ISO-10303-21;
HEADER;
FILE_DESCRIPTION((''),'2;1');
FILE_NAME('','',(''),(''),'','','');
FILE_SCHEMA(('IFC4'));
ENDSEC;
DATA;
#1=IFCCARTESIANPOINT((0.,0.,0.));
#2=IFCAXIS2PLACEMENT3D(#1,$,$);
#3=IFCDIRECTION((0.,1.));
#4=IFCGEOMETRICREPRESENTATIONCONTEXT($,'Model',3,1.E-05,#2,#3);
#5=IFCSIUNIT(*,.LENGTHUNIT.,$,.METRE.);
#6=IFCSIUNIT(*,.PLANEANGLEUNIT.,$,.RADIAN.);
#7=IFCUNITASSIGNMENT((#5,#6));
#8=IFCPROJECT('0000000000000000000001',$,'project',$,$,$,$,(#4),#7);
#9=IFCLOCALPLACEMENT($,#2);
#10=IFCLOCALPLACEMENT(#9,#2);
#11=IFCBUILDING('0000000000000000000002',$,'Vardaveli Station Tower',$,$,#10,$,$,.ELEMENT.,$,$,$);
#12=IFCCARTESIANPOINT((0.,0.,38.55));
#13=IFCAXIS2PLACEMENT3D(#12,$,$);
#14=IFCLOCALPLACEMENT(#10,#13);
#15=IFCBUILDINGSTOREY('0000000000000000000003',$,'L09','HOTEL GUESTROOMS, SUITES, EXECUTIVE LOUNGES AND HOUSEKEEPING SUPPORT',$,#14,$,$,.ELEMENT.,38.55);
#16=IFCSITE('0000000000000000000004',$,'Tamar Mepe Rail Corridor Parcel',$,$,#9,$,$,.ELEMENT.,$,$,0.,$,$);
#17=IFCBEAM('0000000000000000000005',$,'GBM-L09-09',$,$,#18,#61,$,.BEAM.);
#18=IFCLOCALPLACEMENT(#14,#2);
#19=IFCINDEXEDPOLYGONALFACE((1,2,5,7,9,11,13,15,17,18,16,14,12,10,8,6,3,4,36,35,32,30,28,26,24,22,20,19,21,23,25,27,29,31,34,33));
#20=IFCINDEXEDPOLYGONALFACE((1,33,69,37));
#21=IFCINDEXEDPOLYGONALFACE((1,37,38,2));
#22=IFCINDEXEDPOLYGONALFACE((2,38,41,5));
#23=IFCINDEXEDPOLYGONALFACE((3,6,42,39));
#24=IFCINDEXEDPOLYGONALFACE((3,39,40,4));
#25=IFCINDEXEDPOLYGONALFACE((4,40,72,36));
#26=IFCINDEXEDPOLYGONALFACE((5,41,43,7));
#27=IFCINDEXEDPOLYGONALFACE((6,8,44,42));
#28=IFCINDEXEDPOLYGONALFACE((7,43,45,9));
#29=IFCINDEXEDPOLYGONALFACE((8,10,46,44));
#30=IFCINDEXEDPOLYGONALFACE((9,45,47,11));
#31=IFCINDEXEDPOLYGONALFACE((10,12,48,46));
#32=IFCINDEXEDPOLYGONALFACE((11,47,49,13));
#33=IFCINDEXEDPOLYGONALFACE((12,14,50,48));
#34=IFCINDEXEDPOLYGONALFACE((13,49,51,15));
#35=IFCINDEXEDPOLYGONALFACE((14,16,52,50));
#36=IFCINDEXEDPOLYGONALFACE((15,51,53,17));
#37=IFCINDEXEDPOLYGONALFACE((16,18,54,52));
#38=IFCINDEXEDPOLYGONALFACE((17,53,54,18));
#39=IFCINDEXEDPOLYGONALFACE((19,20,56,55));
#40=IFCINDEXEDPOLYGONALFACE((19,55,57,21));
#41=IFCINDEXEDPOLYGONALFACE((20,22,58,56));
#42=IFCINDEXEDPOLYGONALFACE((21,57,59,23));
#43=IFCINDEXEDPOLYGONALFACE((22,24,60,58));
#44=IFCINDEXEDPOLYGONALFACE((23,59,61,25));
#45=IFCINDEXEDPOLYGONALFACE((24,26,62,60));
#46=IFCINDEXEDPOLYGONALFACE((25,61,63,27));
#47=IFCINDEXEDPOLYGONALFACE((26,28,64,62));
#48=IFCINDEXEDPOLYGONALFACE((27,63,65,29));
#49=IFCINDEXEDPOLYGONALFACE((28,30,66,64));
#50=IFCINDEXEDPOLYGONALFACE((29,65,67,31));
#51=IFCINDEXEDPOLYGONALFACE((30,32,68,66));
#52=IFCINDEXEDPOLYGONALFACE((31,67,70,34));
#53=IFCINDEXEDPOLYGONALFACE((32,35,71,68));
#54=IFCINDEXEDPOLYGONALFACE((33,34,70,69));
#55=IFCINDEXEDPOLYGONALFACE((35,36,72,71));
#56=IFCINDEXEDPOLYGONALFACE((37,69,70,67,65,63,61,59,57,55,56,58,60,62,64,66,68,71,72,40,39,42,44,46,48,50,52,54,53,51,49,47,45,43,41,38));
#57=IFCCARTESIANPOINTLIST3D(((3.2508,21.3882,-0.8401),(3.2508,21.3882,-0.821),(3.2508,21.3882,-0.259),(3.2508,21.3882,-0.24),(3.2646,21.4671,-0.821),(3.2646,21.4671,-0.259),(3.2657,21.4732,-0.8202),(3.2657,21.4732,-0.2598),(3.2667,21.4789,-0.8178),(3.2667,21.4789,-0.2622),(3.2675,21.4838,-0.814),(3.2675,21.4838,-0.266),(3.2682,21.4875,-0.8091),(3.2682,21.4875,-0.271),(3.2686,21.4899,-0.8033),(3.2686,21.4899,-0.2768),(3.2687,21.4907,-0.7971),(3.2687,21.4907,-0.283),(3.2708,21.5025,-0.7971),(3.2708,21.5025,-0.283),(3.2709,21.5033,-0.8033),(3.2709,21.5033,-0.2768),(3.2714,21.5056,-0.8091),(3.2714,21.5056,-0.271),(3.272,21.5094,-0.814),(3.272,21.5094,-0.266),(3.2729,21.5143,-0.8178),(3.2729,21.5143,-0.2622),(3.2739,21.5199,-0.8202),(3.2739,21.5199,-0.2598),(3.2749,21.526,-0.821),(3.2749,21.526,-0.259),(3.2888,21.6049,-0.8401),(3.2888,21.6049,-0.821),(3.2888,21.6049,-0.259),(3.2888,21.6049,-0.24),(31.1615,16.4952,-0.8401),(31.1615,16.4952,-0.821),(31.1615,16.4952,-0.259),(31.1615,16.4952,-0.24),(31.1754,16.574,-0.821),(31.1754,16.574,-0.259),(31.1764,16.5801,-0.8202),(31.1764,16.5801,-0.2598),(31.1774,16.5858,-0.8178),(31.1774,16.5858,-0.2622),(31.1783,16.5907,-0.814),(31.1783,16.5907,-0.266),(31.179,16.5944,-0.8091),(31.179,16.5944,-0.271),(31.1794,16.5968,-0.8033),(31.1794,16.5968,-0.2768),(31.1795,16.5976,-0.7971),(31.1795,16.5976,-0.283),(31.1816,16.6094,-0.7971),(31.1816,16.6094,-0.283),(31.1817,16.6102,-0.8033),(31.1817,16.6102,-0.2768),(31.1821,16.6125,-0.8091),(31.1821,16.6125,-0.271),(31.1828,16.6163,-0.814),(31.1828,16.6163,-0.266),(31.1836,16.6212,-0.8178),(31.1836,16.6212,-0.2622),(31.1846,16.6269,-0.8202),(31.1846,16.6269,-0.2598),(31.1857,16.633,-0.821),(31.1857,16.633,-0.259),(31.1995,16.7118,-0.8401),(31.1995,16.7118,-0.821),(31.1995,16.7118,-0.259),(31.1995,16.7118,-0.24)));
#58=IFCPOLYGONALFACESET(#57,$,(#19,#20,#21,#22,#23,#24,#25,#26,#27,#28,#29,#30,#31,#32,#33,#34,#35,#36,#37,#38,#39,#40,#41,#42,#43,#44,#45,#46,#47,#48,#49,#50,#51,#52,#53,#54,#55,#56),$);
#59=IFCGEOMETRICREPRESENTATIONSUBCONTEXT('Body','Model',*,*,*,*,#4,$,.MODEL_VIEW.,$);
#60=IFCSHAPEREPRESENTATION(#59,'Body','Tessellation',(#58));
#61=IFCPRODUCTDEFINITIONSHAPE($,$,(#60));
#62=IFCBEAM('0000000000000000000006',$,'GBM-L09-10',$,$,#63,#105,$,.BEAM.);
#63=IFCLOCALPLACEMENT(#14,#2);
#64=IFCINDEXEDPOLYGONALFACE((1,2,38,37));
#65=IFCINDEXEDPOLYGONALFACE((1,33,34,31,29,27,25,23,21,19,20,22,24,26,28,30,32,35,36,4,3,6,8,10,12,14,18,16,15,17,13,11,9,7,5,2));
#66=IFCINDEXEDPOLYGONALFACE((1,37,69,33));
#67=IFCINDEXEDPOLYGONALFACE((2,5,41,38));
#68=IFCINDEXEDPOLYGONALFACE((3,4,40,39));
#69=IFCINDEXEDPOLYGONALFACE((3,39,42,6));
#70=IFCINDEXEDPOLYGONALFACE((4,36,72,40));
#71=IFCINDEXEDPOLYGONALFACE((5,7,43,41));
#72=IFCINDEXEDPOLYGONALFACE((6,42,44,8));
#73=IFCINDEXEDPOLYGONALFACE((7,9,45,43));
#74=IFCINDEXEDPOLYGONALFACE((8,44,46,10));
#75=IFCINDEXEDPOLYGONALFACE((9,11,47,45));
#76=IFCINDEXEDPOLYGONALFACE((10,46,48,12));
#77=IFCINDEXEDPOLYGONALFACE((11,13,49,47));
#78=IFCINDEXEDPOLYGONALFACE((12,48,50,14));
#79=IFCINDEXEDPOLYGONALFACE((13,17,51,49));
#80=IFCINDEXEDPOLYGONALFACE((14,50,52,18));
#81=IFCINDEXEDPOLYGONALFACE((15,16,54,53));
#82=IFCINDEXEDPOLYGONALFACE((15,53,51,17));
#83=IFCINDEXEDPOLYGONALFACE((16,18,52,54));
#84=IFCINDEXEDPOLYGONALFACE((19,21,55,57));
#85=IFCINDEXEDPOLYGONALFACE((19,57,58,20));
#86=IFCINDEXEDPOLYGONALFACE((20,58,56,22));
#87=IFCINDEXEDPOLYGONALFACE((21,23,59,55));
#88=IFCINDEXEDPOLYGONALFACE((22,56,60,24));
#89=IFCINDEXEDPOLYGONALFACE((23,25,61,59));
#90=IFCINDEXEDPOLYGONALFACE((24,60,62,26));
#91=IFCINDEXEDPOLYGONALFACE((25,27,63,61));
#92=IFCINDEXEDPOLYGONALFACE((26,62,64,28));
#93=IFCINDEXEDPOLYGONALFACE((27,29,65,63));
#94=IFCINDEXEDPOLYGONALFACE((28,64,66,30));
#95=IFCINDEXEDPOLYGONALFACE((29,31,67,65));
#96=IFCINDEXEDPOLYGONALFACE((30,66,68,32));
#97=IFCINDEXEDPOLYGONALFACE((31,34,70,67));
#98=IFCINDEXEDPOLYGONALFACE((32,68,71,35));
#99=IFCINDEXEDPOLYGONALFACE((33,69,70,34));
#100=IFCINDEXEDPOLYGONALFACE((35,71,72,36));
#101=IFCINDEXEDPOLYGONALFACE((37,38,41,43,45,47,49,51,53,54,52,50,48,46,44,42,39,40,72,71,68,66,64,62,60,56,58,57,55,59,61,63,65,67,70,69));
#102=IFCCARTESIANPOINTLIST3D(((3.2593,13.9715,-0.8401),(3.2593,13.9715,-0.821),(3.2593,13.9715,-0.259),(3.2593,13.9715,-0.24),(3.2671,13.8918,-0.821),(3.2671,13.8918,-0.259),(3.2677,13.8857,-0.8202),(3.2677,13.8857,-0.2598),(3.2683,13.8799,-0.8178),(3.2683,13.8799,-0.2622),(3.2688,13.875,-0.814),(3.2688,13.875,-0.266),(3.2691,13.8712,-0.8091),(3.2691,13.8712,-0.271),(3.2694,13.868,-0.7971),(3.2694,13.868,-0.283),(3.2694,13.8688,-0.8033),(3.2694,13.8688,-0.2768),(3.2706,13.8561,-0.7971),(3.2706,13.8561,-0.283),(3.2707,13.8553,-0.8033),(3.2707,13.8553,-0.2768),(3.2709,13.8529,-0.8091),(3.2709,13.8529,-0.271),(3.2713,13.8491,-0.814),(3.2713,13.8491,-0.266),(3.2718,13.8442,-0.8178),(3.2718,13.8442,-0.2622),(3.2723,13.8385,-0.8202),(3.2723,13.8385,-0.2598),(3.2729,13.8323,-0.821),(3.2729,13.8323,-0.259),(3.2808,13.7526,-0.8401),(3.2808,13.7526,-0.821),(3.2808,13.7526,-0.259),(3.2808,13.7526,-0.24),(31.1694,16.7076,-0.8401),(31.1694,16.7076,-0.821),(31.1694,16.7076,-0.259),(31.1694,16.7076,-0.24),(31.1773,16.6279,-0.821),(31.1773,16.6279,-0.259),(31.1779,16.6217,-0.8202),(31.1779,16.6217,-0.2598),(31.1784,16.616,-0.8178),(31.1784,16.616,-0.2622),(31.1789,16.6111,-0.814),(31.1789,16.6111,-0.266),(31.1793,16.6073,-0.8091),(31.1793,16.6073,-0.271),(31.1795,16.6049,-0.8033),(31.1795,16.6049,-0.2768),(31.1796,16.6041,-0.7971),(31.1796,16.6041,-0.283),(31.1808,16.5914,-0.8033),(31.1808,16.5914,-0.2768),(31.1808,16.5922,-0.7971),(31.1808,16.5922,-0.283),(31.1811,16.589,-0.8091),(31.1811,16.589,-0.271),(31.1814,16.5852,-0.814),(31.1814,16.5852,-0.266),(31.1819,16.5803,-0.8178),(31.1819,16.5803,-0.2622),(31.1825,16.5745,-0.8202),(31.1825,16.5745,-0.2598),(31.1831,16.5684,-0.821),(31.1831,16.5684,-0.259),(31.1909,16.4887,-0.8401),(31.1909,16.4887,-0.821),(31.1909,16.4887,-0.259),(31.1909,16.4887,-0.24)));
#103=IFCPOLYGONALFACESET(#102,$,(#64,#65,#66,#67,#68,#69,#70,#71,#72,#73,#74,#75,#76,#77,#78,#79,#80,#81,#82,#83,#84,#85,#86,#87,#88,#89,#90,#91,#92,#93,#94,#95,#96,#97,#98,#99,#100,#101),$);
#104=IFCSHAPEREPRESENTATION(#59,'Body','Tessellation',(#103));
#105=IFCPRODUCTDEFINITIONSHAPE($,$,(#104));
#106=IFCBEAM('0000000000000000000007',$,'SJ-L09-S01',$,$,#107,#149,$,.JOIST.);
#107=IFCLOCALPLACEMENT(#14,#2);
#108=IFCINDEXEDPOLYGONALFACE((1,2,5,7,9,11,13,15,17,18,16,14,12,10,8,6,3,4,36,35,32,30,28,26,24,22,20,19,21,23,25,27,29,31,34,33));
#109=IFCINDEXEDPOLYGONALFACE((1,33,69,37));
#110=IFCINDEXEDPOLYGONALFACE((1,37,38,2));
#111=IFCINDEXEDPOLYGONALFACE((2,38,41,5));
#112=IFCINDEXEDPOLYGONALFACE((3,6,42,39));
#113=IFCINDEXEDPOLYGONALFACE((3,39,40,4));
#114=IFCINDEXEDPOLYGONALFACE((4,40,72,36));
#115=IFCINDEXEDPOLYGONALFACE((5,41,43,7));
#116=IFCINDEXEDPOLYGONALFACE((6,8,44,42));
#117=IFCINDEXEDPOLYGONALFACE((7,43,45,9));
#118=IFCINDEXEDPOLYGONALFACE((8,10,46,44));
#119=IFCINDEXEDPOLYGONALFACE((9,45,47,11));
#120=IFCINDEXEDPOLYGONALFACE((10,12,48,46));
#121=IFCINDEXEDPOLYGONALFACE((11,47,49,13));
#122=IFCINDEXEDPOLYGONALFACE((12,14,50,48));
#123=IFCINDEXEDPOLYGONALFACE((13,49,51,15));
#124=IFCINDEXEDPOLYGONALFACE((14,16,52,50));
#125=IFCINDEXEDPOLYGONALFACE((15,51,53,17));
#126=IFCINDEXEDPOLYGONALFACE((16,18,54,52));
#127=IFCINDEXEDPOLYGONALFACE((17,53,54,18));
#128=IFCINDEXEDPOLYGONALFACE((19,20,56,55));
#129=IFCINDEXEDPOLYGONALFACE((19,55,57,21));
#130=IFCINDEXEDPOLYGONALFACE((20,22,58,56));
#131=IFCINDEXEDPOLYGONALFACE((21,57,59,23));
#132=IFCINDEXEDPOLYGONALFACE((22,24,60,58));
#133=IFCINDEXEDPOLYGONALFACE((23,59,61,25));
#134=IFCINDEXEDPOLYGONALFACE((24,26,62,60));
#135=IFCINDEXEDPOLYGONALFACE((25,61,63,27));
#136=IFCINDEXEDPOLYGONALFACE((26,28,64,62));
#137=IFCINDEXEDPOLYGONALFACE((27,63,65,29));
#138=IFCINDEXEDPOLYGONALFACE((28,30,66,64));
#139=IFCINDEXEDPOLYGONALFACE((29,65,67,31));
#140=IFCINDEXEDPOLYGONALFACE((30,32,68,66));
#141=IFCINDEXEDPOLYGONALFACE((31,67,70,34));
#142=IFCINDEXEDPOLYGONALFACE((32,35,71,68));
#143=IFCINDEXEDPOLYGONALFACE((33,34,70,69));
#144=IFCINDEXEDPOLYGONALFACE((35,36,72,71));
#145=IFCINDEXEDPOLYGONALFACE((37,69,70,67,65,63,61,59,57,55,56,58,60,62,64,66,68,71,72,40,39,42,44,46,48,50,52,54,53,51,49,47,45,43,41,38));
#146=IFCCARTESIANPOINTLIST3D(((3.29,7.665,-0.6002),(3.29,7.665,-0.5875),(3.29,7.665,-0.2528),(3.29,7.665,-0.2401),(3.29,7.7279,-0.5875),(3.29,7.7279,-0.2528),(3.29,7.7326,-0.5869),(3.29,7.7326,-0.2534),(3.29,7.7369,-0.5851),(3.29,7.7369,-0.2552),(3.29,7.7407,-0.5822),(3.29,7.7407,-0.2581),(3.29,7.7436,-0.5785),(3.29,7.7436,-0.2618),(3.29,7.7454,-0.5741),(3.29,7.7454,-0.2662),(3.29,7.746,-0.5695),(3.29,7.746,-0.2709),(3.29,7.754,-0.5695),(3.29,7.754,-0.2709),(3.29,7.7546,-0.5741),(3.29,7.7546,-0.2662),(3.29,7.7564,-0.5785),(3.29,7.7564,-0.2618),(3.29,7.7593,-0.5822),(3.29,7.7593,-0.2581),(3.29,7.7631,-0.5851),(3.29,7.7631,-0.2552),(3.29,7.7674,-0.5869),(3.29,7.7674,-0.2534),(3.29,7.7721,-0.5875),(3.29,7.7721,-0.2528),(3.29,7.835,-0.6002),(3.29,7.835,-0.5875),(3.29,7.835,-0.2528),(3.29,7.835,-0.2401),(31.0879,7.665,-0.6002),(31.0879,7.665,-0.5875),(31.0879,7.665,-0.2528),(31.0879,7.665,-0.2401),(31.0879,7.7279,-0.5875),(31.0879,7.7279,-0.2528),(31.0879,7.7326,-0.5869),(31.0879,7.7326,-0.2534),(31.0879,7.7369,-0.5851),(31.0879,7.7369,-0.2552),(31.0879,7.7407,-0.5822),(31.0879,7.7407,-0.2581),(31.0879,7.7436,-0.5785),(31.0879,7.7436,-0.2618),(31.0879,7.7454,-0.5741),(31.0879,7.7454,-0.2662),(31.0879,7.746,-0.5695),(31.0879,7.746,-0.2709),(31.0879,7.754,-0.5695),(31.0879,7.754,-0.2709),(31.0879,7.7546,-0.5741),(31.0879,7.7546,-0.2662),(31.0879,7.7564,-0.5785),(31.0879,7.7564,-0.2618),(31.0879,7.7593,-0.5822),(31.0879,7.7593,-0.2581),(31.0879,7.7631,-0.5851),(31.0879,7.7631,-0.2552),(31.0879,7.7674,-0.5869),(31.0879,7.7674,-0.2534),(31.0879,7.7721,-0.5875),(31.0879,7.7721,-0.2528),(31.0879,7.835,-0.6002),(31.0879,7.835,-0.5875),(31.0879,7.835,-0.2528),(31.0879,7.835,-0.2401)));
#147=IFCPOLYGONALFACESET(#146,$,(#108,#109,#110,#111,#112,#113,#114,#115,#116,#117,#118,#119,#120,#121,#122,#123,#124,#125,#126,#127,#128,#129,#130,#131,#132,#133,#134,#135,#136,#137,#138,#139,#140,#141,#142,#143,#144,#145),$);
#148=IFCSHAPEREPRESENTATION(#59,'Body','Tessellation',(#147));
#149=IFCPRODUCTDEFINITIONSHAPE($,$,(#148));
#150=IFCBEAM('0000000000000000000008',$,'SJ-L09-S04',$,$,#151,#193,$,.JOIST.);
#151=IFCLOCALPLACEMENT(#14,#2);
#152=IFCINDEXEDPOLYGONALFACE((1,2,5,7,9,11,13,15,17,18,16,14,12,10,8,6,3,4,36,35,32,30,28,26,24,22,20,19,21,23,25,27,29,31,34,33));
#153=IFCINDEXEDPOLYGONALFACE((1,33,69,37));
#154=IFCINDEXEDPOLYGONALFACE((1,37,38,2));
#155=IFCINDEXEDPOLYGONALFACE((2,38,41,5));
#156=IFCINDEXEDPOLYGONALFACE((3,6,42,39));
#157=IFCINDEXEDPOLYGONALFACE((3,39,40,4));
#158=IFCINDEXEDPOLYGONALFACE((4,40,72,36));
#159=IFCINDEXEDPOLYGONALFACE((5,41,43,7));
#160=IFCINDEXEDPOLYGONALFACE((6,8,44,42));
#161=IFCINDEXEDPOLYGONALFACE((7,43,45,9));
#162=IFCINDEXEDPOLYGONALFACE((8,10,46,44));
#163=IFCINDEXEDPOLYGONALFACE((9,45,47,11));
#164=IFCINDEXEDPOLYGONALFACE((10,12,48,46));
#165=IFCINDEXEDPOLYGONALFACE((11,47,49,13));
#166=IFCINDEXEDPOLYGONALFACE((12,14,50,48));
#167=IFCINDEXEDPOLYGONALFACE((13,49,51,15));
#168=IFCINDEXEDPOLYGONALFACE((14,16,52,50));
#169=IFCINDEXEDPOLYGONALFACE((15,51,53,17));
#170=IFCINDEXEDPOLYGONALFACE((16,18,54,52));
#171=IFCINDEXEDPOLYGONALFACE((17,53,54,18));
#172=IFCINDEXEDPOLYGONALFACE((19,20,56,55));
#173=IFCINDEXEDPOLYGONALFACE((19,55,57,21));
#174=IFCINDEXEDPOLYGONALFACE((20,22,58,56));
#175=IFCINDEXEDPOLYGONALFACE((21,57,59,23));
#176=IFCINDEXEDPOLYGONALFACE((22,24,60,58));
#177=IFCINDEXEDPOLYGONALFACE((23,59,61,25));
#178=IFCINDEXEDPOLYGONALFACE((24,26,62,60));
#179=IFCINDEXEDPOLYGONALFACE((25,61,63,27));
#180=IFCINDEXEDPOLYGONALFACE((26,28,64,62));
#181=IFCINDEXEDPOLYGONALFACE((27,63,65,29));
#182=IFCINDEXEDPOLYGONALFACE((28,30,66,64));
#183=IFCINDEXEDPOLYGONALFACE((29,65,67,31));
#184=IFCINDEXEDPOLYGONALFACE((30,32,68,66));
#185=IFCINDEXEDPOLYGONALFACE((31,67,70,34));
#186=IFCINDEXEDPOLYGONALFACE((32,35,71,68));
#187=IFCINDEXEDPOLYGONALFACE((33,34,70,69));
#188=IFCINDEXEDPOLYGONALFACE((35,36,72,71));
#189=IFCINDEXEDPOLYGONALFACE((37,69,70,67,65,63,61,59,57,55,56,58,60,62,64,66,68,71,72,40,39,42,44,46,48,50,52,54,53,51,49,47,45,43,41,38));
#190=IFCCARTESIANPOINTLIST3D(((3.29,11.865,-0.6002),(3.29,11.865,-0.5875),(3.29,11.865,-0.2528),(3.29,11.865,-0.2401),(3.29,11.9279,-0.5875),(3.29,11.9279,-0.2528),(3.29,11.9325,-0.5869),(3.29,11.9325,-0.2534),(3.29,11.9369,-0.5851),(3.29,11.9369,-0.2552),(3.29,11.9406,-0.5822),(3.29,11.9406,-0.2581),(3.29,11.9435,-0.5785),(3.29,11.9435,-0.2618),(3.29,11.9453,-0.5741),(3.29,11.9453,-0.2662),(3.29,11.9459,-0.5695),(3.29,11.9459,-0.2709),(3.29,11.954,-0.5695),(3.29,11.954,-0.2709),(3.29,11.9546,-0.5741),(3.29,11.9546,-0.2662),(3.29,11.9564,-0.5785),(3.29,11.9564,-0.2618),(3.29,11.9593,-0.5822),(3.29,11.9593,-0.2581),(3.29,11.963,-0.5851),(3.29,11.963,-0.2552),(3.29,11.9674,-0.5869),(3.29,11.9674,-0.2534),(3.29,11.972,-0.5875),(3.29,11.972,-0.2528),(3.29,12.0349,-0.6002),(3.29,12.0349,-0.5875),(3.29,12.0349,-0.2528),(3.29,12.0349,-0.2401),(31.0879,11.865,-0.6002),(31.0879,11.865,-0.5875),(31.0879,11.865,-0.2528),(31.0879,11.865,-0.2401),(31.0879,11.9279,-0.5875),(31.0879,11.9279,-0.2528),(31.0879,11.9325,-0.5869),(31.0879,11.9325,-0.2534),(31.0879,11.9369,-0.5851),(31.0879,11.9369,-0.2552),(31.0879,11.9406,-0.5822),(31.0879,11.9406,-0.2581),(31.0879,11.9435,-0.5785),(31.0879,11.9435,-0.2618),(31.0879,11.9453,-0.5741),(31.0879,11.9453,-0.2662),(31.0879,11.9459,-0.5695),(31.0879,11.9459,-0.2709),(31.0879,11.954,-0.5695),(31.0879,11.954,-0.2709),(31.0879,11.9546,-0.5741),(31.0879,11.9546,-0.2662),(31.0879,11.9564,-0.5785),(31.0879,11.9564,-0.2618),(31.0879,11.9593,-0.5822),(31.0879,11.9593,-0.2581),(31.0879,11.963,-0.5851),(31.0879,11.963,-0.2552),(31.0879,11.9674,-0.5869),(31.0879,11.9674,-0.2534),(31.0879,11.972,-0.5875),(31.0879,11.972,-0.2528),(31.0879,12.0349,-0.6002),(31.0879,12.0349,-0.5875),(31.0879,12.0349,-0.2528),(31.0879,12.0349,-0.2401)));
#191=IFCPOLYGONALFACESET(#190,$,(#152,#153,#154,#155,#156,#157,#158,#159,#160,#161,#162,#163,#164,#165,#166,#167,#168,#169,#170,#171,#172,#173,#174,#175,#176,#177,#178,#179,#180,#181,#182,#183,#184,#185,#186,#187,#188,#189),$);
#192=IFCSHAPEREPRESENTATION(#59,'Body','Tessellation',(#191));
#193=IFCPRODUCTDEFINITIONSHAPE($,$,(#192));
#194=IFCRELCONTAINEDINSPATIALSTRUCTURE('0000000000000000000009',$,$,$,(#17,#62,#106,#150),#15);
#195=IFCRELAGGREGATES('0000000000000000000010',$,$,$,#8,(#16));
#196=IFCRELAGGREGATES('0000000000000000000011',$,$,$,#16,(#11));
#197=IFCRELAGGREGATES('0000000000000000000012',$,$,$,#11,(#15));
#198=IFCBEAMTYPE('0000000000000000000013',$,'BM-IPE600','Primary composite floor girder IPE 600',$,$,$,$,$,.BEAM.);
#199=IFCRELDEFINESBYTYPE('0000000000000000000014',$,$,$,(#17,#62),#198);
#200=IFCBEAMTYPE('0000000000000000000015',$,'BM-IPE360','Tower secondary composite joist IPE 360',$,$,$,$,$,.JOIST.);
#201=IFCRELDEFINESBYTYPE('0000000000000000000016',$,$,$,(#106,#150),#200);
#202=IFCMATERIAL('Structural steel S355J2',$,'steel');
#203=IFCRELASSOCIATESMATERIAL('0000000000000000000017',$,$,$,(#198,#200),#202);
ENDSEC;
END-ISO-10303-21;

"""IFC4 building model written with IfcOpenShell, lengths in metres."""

from ifc_helpers import new_model, si_unit, direction, frame, origin, origin_2d, place, context, subcontext, project, spatial, i_section, extrude, source, transform, mapped, material, material_profile, profile_set, type_object, element, save


model = new_model("IFC4")

# Units and contexts
model_context = context("Model", 3, precision=1e-05, world=origin(), true_north=direction((0.0, 1.0)))
body_context = subcontext(model_context, "Body", "Model", "MODEL_VIEW")
ifc_project = project(units=[si_unit("LENGTHUNIT", "METRE"), si_unit("PLANEANGLEUNIT", "RADIAN")], contexts=[model_context])

# Site, building, storey
site_placement = place(None, origin())
site = spatial("IfcSite", under=ifc_project, at=site_placement, Name="Tamar Mepe Rail Corridor Parcel", CompositionType="ELEMENT", RefElevation=0.0)
building_placement = place(site_placement, origin())
building = spatial("IfcBuilding", under=site, at=building_placement, Name="Vardaveli Station Tower", CompositionType="ELEMENT")
storey_placement = place(building_placement, frame((0.0, 0.0, 38.55)))
storey = spatial("IfcBuildingStorey", under=building, at=storey_placement, Name="L09", Description="HOTEL GUESTROOMS, SUITES, EXECUTIVE LOUNGES AND HOUSEKEEPING SUPPORT", CompositionType="ELEMENT", Elevation=38.55)

# Beams
ifc_material_1 = material(Name="Structural steel S355J2", Category="steel")
ifc_material_profile_1 = material_profile(ifc_material_1, i_section(OverallWidth=0.22, OverallDepth=0.6001, WebThickness=0.012, FlangeThickness=0.019, FilletRadius=0.0239, at=origin_2d()), Name="IPE 600")
ifc_profile_set_1 = profile_set([ifc_material_profile_1], Name="Structural steel S355J2")
beam_type_1 = type_object("IfcBeamType", Name="BM-IPE600", Description="Primary composite floor girder IPE 600", PredefinedType="BEAM", material=ifc_profile_set_1)
shared_shape_1 = source(origin(), body_context, "Body", "SweptSolid", [
    extrude(i_section(OverallWidth=0.22, OverallDepth=0.6001, WebThickness=0.012, FlangeThickness=0.019, FilletRadius=0.0239, at=origin_2d()), origin(), (0.0, 0.0, 1.0), 28.3364),
])
beam_1_placement = place(storey_placement, frame((3.2698, 21.4966, -0.54), z_axis=(0.984978, -0.172678, 0.0), x_axis=(0.172678, 0.984978, 0.0)))
element("IfcBeam", 1, at=beam_1_placement, inside=storey, type_object=beam_type_1, Name="GBM-L09-09", PredefinedType="BEAM", context=body_context, shape_type="MappedRepresentation", body=[
    mapped(shared_shape_1, transform((0.0, 0.0, 0.0), scale=1.0)),
])
shared_shape_2 = source(origin(), body_context, "Body", "SweptSolid", [
    extrude(i_section(OverallWidth=0.22, OverallDepth=0.6001, WebThickness=0.012, FlangeThickness=0.019, FilletRadius=0.0239, at=origin_2d()), origin(), (0.0, 0.0, 1.0), 28.0439),
])
beam_2_placement = place(storey_placement, frame((3.27, 13.8621, -0.54), z_axis=(0.995229, 0.097564, 0.0), x_axis=(-0.097564, 0.995229, 0.0)))
element("IfcBeam", 2, at=beam_2_placement, inside=storey, type_object=beam_type_1, Name="GBM-L09-10", PredefinedType="BEAM", context=body_context, shape_type="MappedRepresentation", body=[
    mapped(shared_shape_2, transform((0.0, 0.0, 0.0), scale=1.0)),
])
ifc_material_profile_2 = material_profile(ifc_material_1, i_section(OverallWidth=0.1699, OverallDepth=0.3601, WebThickness=0.0081, FlangeThickness=0.0127, FilletRadius=0.0181, at=origin_2d()), Name="IPE 360")
ifc_profile_set_2 = profile_set([ifc_material_profile_2], Name="Structural steel S355J2")
beam_type_2 = type_object("IfcBeamType", Name="BM-IPE360", Description="Tower secondary composite joist IPE 360", PredefinedType="JOIST", material=ifc_profile_set_2)
shared_shape_3 = source(origin(), body_context, "Body", "SweptSolid", [
    extrude(i_section(OverallWidth=0.1699, OverallDepth=0.3601, WebThickness=0.0081, FlangeThickness=0.0127, FilletRadius=0.0181, at=origin_2d()), origin(), (0.0, 0.0, 1.0), 27.7979),
])
for number, where, z_axis, x_axis, name in (
    (3, (3.29, 7.75, -0.4202), (1.0, 0.0, 0.0), (0.0, 1.0, 0.0), "SJ-L09-S01"),
    (4, (3.29, 11.95, -0.4202), (1.0, 0.0, 0.0), (0.0, 1.0, 0.0), "SJ-L09-S04"),
):
    element("IfcBeam", number, at=place(storey_placement, frame(where, z_axis=z_axis, x_axis=x_axis)), inside=storey, type_object=beam_type_2, Name=name, PredefinedType="JOIST", context=body_context, shape_type="MappedRepresentation", body=[
        mapped(shared_shape_3, transform((0.0, 0.0, 0.0), scale=1.0)),
    ])

save(model, "model.ifc")
